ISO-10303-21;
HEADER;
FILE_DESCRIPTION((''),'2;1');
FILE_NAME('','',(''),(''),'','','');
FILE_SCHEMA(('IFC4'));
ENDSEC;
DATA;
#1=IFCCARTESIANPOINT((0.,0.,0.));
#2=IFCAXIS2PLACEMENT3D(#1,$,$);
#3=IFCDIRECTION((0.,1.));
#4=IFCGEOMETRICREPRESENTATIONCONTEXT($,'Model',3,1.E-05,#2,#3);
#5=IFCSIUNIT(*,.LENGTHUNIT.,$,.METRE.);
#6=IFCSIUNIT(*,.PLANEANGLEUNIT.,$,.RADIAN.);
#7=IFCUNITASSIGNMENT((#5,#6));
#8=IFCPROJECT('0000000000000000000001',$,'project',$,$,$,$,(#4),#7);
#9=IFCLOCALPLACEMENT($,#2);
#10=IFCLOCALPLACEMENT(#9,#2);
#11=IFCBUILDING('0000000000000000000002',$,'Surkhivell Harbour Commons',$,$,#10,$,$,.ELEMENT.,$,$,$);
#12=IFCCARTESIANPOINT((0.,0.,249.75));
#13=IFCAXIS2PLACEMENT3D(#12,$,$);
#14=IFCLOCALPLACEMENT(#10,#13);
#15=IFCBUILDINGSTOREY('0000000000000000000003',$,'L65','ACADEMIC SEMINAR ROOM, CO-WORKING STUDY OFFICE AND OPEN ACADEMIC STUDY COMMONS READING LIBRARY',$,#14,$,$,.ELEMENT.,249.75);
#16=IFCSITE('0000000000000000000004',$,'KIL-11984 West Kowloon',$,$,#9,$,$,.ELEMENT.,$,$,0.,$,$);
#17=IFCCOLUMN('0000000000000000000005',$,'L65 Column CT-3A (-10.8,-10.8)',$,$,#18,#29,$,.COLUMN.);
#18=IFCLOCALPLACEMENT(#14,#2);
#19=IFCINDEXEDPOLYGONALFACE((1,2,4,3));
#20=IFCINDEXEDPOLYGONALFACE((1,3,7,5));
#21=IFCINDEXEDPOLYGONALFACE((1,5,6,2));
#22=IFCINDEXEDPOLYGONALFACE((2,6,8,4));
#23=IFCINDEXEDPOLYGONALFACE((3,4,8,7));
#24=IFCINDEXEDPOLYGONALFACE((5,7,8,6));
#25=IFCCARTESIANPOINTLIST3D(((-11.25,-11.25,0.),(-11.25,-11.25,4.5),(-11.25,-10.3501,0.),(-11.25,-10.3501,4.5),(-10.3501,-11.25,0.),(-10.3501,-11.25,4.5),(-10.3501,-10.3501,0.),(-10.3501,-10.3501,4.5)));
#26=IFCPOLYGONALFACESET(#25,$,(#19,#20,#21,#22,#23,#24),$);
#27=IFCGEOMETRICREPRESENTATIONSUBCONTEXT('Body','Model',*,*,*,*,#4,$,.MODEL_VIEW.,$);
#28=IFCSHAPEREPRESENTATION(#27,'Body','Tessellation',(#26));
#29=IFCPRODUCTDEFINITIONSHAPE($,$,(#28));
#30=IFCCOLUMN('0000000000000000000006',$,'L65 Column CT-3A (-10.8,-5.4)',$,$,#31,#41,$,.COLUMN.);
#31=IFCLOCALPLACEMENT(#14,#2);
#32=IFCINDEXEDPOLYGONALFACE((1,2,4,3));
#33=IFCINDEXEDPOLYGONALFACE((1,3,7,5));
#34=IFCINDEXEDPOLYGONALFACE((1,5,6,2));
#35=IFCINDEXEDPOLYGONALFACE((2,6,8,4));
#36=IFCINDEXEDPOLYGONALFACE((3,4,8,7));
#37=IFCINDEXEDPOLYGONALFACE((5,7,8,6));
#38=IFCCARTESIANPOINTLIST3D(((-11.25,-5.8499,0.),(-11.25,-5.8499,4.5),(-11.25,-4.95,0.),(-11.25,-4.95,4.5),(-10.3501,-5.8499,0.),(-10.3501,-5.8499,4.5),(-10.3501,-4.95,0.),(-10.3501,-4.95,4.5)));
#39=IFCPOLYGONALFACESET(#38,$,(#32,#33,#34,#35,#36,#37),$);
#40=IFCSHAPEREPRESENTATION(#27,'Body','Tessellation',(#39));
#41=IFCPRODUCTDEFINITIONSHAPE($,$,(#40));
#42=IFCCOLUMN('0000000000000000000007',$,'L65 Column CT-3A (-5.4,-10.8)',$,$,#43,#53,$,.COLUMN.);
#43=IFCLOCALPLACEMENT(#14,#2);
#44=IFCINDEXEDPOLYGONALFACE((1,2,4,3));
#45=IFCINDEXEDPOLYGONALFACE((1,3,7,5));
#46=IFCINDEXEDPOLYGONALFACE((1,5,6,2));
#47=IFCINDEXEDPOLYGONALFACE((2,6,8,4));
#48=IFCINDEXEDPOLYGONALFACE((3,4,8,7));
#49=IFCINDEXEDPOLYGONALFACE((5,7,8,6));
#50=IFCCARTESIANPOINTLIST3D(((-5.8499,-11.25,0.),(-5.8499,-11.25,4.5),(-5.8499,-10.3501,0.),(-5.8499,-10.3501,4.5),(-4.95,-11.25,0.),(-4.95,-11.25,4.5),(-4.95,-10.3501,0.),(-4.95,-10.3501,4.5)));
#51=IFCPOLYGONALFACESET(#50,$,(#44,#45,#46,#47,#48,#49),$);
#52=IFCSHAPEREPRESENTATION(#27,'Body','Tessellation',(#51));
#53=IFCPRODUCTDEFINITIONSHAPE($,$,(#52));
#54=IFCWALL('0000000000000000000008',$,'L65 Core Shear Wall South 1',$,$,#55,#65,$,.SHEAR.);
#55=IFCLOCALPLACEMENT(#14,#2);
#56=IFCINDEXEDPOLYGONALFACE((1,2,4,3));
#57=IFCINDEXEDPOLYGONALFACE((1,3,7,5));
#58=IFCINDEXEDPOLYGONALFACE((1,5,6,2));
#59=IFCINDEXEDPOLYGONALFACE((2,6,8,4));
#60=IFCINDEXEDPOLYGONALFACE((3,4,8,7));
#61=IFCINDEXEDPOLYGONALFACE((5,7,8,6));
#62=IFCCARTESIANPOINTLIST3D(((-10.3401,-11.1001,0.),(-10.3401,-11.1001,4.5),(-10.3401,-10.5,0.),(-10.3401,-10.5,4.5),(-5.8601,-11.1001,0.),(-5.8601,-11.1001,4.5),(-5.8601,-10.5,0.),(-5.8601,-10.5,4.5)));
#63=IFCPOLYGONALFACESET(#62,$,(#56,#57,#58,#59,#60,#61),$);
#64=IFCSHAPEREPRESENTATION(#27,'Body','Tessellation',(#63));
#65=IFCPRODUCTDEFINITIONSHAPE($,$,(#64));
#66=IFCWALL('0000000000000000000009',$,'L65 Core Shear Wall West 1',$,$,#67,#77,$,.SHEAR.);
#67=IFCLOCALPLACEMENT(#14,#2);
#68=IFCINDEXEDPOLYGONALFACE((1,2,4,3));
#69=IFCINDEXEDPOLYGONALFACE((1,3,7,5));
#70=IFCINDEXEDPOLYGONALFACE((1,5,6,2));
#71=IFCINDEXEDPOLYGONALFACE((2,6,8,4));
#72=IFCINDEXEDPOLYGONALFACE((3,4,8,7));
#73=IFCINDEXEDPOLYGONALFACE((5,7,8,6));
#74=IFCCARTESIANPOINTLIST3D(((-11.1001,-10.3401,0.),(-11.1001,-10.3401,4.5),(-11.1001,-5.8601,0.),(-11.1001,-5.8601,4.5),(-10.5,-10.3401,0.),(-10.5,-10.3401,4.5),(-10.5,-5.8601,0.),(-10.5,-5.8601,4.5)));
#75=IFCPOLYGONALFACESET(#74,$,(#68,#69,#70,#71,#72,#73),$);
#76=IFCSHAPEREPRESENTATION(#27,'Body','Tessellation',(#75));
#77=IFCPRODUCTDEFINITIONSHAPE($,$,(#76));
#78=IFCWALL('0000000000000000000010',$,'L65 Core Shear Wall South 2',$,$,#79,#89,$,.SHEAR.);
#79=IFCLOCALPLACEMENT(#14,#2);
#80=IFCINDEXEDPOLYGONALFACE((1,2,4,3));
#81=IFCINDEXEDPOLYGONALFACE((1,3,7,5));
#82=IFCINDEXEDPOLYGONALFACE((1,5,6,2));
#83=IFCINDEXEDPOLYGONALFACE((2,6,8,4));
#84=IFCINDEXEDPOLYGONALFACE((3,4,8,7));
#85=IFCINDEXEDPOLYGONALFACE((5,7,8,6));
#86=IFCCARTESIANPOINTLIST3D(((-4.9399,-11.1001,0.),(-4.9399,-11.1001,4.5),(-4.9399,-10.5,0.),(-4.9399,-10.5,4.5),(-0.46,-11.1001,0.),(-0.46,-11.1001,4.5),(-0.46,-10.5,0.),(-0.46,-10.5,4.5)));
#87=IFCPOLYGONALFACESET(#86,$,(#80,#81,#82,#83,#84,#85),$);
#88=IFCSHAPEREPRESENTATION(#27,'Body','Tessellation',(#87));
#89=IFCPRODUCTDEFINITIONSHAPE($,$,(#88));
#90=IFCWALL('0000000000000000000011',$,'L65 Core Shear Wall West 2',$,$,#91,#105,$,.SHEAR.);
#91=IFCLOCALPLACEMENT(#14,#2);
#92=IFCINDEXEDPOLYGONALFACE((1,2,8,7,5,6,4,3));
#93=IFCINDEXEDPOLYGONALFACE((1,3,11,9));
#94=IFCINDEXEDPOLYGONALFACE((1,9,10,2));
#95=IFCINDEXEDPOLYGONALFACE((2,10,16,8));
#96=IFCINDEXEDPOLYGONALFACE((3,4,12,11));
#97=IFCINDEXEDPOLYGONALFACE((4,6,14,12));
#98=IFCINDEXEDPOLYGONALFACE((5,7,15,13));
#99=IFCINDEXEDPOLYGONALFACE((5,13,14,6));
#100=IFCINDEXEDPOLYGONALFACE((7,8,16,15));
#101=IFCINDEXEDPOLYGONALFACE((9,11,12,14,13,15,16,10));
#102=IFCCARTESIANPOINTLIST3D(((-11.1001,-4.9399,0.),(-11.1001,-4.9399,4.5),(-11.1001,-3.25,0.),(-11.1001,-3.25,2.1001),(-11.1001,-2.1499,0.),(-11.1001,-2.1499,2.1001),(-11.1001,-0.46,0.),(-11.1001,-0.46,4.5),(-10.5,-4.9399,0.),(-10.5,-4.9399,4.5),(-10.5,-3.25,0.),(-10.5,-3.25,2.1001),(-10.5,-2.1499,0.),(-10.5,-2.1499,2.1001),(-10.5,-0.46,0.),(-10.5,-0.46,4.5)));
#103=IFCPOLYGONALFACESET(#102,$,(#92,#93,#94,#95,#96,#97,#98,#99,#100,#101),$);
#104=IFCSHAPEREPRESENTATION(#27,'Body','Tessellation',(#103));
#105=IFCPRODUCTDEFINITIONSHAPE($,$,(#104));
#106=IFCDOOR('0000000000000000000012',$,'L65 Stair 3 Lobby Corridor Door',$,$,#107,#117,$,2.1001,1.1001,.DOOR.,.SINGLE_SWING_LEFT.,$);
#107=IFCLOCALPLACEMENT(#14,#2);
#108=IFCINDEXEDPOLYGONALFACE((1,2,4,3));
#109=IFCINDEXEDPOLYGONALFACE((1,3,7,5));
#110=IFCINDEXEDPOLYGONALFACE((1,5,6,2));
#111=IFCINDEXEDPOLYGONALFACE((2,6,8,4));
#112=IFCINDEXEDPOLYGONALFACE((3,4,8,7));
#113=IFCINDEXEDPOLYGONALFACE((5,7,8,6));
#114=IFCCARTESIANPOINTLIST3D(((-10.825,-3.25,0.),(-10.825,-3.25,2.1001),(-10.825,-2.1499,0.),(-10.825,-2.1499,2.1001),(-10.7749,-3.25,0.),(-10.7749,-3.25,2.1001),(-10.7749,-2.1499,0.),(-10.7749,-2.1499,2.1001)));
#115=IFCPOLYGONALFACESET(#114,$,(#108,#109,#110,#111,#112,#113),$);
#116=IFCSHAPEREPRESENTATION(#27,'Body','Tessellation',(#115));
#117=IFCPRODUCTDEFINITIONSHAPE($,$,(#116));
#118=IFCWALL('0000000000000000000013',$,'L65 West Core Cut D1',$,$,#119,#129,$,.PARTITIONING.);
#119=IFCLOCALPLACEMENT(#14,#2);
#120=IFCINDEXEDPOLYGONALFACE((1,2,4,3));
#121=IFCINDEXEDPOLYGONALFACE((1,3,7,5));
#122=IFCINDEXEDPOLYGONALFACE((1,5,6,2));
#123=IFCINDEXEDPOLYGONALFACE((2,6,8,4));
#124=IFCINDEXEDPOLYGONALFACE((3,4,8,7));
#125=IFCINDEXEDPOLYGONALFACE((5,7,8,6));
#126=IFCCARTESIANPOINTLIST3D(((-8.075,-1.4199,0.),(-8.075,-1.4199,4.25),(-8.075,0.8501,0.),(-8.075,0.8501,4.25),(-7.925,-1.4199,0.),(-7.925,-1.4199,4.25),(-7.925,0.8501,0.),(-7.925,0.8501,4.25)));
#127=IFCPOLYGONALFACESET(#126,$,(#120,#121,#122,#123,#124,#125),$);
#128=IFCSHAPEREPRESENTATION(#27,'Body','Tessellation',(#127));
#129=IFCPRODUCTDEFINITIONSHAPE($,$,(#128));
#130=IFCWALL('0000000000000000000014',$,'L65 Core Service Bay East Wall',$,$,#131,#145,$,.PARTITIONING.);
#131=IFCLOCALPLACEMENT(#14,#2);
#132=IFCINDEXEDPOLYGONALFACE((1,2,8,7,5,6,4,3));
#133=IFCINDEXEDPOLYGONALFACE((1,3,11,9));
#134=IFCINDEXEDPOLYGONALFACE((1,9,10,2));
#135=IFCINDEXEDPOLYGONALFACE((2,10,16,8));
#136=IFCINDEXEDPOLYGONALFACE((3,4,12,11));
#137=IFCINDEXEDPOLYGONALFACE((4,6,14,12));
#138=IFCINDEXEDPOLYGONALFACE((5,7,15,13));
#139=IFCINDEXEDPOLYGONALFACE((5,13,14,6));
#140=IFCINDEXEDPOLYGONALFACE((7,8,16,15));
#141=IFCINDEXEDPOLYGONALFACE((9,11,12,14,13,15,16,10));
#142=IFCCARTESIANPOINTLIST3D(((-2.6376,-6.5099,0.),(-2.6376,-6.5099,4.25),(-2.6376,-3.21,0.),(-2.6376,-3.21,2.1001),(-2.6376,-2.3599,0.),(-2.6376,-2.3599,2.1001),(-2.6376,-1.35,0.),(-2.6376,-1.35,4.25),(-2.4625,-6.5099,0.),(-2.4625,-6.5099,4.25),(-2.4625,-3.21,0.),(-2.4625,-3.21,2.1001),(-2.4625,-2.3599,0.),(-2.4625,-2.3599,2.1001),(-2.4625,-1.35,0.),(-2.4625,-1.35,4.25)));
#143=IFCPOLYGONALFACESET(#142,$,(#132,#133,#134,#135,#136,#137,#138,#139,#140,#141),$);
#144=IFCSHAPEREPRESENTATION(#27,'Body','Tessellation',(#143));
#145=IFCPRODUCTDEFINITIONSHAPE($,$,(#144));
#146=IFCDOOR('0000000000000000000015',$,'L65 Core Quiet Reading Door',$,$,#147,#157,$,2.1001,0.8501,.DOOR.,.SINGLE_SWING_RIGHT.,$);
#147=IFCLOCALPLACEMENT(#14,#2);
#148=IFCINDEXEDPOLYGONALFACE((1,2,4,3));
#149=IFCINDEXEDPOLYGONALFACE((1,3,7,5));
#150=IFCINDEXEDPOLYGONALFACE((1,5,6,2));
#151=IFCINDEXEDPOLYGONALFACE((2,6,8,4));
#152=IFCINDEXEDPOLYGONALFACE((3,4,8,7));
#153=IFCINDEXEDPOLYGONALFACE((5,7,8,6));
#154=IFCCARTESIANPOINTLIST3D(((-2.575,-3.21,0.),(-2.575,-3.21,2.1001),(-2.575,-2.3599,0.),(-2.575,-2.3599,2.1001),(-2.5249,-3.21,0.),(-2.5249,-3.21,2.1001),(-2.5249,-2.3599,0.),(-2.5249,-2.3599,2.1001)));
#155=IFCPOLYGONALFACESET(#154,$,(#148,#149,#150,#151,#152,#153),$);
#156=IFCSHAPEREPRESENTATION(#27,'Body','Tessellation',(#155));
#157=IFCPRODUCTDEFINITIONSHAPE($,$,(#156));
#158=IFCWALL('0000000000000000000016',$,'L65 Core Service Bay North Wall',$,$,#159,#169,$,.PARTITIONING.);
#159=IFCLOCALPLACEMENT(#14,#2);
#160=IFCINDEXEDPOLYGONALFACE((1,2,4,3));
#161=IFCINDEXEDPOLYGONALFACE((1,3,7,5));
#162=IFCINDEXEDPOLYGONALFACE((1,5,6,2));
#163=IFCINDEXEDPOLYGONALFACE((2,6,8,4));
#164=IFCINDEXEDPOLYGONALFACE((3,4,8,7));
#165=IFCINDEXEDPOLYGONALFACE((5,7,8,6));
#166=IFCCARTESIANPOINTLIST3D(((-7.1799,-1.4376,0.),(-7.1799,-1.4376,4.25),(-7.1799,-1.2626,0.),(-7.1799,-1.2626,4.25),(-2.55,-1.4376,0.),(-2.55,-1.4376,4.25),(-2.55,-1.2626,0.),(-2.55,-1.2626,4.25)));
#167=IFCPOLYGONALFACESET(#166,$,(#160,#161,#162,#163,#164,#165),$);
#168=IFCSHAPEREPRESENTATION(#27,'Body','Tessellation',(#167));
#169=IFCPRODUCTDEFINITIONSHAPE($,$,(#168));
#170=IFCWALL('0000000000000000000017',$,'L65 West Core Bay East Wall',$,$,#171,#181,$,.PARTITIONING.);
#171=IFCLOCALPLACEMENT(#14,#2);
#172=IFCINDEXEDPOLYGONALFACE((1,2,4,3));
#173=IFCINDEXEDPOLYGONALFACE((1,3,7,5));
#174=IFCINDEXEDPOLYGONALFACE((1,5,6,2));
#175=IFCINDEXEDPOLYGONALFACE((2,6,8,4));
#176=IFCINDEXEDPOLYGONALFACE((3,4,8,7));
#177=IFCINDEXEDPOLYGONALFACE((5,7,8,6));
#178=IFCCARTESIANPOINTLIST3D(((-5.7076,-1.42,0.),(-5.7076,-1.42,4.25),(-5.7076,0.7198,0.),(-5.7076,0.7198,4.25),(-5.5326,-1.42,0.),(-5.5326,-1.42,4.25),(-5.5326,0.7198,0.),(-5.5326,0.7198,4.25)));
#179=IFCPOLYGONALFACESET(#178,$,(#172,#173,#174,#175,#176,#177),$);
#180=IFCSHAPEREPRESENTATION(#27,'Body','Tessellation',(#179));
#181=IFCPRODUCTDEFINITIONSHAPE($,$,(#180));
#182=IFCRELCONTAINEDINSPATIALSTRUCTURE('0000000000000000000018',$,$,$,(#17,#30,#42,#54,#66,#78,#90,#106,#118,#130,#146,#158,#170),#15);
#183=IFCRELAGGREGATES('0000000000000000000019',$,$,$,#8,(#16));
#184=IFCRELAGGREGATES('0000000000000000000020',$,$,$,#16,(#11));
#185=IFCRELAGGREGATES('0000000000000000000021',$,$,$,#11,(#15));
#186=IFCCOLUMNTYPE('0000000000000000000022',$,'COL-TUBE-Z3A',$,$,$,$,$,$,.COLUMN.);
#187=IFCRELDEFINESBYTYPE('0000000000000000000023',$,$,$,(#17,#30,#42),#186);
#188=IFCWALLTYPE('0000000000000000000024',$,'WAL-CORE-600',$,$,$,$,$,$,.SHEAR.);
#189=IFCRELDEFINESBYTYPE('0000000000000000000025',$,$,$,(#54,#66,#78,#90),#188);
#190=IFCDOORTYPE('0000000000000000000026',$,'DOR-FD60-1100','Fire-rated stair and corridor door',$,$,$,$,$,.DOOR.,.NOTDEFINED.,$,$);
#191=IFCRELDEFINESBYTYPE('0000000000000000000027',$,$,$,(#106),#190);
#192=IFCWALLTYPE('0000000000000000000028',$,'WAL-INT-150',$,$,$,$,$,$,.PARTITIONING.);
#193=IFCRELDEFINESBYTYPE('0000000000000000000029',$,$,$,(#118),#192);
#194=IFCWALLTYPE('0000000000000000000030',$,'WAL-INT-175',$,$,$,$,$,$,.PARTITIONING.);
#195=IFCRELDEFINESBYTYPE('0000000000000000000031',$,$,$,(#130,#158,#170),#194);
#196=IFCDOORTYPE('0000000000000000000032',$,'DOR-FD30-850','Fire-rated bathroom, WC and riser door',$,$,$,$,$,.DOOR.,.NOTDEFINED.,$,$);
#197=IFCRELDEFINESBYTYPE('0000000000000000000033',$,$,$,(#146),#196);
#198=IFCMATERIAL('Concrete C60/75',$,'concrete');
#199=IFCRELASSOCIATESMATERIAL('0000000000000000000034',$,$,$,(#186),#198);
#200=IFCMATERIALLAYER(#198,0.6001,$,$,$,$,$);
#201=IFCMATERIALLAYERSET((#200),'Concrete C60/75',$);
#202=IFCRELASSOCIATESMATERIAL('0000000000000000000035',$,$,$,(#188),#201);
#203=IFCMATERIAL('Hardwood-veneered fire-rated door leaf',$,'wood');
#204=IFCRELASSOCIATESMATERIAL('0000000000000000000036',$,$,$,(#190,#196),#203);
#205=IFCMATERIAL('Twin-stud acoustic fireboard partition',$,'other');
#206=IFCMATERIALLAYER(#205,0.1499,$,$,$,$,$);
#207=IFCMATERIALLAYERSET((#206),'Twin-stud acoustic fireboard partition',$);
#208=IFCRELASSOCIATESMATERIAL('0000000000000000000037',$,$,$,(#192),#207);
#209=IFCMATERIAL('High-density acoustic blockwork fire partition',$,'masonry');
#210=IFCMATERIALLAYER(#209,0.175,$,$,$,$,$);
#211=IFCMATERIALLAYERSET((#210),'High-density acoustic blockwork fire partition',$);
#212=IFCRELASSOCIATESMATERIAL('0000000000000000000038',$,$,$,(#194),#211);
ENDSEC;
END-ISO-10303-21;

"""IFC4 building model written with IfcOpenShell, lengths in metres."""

from ifc_helpers import new_model, si_unit, direction, frame, frame_2d, origin, origin_2d, place, context, subcontext, project, spatial, rectangle, extrude, material, layer, layer_set, material_profile, profile_set, type_object, element, fill, save


model = new_model("IFC4")

# Units and contexts
model_context = context("Model", 3, precision=1e-05, world=origin(), true_north=direction((0.0, 1.0)))
body_context = subcontext(model_context, "Body", "Model", "MODEL_VIEW")
ifc_project = project(units=[si_unit("LENGTHUNIT", "METRE"), si_unit("PLANEANGLEUNIT", "RADIAN")], contexts=[model_context])

# Site, building, storey
site_placement = place(None, origin())
site = spatial("IfcSite", under=ifc_project, at=site_placement, Name="KIL-11984 West Kowloon", CompositionType="ELEMENT", RefElevation=0.0)
building_placement = place(site_placement, origin())
building = spatial("IfcBuilding", under=site, at=building_placement, Name="Surkhivell Harbour Commons", CompositionType="ELEMENT")
storey_placement = place(building_placement, frame((0.0, 0.0, 249.75)))
storey = spatial("IfcBuildingStorey", under=building, at=storey_placement, Name="L65", Description="ACADEMIC SEMINAR ROOM, CO-WORKING STUDY OFFICE AND OPEN ACADEMIC STUDY COMMONS READING LIBRARY", CompositionType="ELEMENT", Elevation=249.75)

# Columns
ifc_material_1 = material(Name="Concrete C60/75", Category="concrete")
ifc_material_profile = material_profile(ifc_material_1, rectangle(XDim=0.8999, YDim=0.8999, at=origin_2d()), Name="RC-COL-900x900")
ifc_profile_set = profile_set([ifc_material_profile], Name="Concrete C60/75")
column_type = type_object("IfcColumnType", Name="COL-TUBE-Z3A", PredefinedType="COLUMN", material=ifc_profile_set)
for number, where, z_axis, x_axis, name in (
    (1, (-10.8, -10.8, 0.0), (0.0, 0.0, 1.0), (1.0, 0.0, 0.0), "L65 Column CT-3A (-10.8,-10.8)"),
    (2, (-10.8, -5.3999, 0.0), (0.0, 0.0, 1.0), (1.0, 0.0, 0.0), "L65 Column CT-3A (-10.8,-5.4)"),
    (3, (-5.3999, -10.8, 0.0), (0.0, 0.0, 1.0), (1.0, 0.0, 0.0), "L65 Column CT-3A (-5.4,-10.8)"),
):
    element("IfcColumn", number, at=place(storey_placement, frame(where, z_axis=z_axis, x_axis=x_axis)), inside=storey, type_object=column_type, Name=name, PredefinedType="COLUMN", context=body_context, shape_type="SweptSolid", body=[
        extrude(rectangle(XDim=0.8999, YDim=0.8999, at=origin_2d()), origin(), (0.0, 0.0, 1.0), 4.5),
    ])

# Walls
ifc_layer_1 = layer(ifc_material_1, 0.6001)
ifc_layer_set_1 = layer_set([ifc_layer_1], Name="Concrete C60/75")
wall_type_1 = type_object("IfcWallType", Name="WAL-CORE-600", PredefinedType="SHEAR", material=ifc_layer_set_1)
for number, where, z_axis, x_axis, name in (
    (4, (-10.3401, -10.8, 0.0), (0.0, 0.0, 1.0), (1.0, 0.0, 0.0), "L65 Core Shear Wall South 1"),
    (5, (-10.8, -10.3401, 0.0), (0.0, 0.0, 1.0), (0.0, 1.0, 0.0), "L65 Core Shear Wall West 1"),
    (6, (-4.9399, -10.8, 0.0), (0.0, 0.0, 1.0), (1.0, 0.0, 0.0), "L65 Core Shear Wall South 2"),
):
    element("IfcWall", number, at=place(storey_placement, frame(where, z_axis=z_axis, x_axis=x_axis)), inside=storey, type_object=wall_type_1, Name=name, PredefinedType="SHEAR", context=body_context, shape_type="SweptSolid", body=[
        extrude(rectangle(XDim=4.48, YDim=0.6001, at=frame_2d((2.24, 0.0))), origin(), (0.0, 0.0, 1.0), 4.5),
    ])

# Wall, opening, door
wall_1_placement = place(storey_placement, frame((-10.8, -4.9399, 0.0), z_axis=(0.0, 0.0, 1.0), x_axis=(0.0, 1.0, 0.0)))
wall_1 = element("IfcWall", 7, at=wall_1_placement, inside=storey, type_object=wall_type_1, Name="L65 Core Shear Wall West 2", PredefinedType="SHEAR", context=body_context, shape_type="SweptSolid", body=[
    extrude(rectangle(XDim=4.48, YDim=0.6001, at=frame_2d((2.24, 0.0))), origin(), (0.0, 0.0, 1.0), 4.5),
])
opening_1_placement = place(wall_1_placement, frame((1.6899, 0.0, 0.0)))
opening_1 = element("IfcOpeningElement", 8, at=opening_1_placement, cuts=wall_1, PredefinedType="OPENING", context=body_context, shape_type="SweptSolid", body=[
    extrude(rectangle(XDim=1.1001, YDim=2.1001, at=frame_2d((0.55, 1.05))), frame((0.0, 0.3101, 0.0), z_axis=(0.0, -1.0, 0.0), x_axis=(1.0, 0.0, 0.0)), (0.0, 0.0, 1.0), 0.6201),
])
ifc_material_2 = material(Name="Hardwood-veneered fire-rated door leaf", Category="wood")
door_type_1 = type_object("IfcDoorType", Name="DOR-FD60-1100", Description="Fire-rated stair and corridor door", OperationType="NOTDEFINED", PredefinedType="DOOR", material=ifc_material_2)
door_1_placement = place(opening_1_placement, origin())
door_1 = element("IfcDoor", 9, at=door_1_placement, inside=storey, type_object=door_type_1, Name="L65 Stair 3 Lobby Corridor Door", OperationType="SINGLE_SWING_LEFT", OverallHeight=2.1001, OverallWidth=1.1001, PredefinedType="DOOR", context=body_context, shape_type="SweptSolid", body=[
    extrude(rectangle(XDim=1.1001, YDim=2.1001, at=frame_2d((0.55, 1.05))), frame((0.0, 0.0249, 0.0), z_axis=(0.0, -1.0, 0.0), x_axis=(1.0, 0.0, 0.0)), (0.0, 0.0, 1.0), 0.05),
])
fill(opening_1, door_1)

# Wall
ifc_material_3 = material(Name="Twin-stud acoustic fireboard partition", Category="other")
ifc_layer_2 = layer(ifc_material_3, 0.1499)
ifc_layer_set_2 = layer_set([ifc_layer_2], Name="Twin-stud acoustic fireboard partition")
wall_type_2 = type_object("IfcWallType", Name="WAL-INT-150", PredefinedType="PARTITIONING", material=ifc_layer_set_2)
wall_2_placement = place(storey_placement, frame((-8.0, -1.4199, 0.0), z_axis=(0.0, 0.0, 1.0), x_axis=(0.0, 1.0, 0.0)))
element("IfcWall", 10, at=wall_2_placement, inside=storey, type_object=wall_type_2, Name="L65 West Core Cut D1", PredefinedType="PARTITIONING", context=body_context, shape_type="SweptSolid", body=[
    extrude(rectangle(XDim=2.27, YDim=0.1499, at=frame_2d((1.135, 0.0))), origin(), (0.0, 0.0, 1.0), 4.25),
])

# Wall, opening, door
ifc_material_4 = material(Name="High-density acoustic blockwork fire partition", Category="masonry")
ifc_layer_3 = layer(ifc_material_4, 0.175)
ifc_layer_set_3 = layer_set([ifc_layer_3], Name="High-density acoustic blockwork fire partition")
wall_type_3 = type_object("IfcWallType", Name="WAL-INT-175", PredefinedType="PARTITIONING", material=ifc_layer_set_3)
wall_3_placement = place(storey_placement, frame((-2.55, -6.51, 0.0), z_axis=(0.0, 0.0, 1.0), x_axis=(0.0, 1.0, 0.0)))
wall_3 = element("IfcWall", 11, at=wall_3_placement, inside=storey, type_object=wall_type_3, Name="L65 Core Service Bay East Wall", PredefinedType="PARTITIONING", context=body_context, shape_type="SweptSolid", body=[
    extrude(rectangle(XDim=5.1599, YDim=0.175, at=frame_2d((2.5801, 0.0))), origin(), (0.0, 0.0, 1.0), 4.25),
])
opening_2_placement = place(wall_3_placement, frame((3.3, 0.0, 0.0)))
opening_2 = element("IfcOpeningElement", 12, at=opening_2_placement, cuts=wall_3, PredefinedType="OPENING", context=body_context, shape_type="SweptSolid", body=[
    extrude(rectangle(XDim=0.8501, YDim=2.1001, at=frame_2d((0.425, 1.05))), frame((0.0, 0.0974, 0.0), z_axis=(0.0, -1.0, 0.0), x_axis=(1.0, 0.0, 0.0)), (0.0, 0.0, 1.0), 0.1951),
])
door_type_2 = type_object("IfcDoorType", Name="DOR-FD30-850", Description="Fire-rated bathroom, WC and riser door", OperationType="NOTDEFINED", PredefinedType="DOOR", material=ifc_material_2)
door_2_placement = place(opening_2_placement, origin())
door_2 = element("IfcDoor", 13, at=door_2_placement, inside=storey, type_object=door_type_2, Name="L65 Core Quiet Reading Door", OperationType="SINGLE_SWING_RIGHT", OverallHeight=2.1001, OverallWidth=0.8501, PredefinedType="DOOR", context=body_context, shape_type="SweptSolid", body=[
    extrude(rectangle(XDim=0.8501, YDim=2.1001, at=frame_2d((0.425, 1.05))), frame((0.0, 0.0249, 0.0), z_axis=(0.0, -1.0, 0.0), x_axis=(1.0, 0.0, 0.0)), (0.0, 0.0, 1.0), 0.05),
])
fill(opening_2, door_2)

# Walls
wall_4_placement = place(storey_placement, frame((-7.1799, -1.3501, 0.0), z_axis=(0.0, 0.0, 1.0), x_axis=(1.0, 0.0, 0.0)))
element("IfcWall", 14, at=wall_4_placement, inside=storey, type_object=wall_type_3, Name="L65 Core Service Bay North Wall", PredefinedType="PARTITIONING", context=body_context, shape_type="SweptSolid", body=[
    extrude(rectangle(XDim=4.6299, YDim=0.175, at=frame_2d((2.3149, 0.0))), origin(), (0.0, 0.0, 1.0), 4.25),
])
wall_5_placement = place(storey_placement, frame((-5.6201, -1.4199, 0.0), z_axis=(0.0, 0.0, 1.0), x_axis=(0.0, 1.0, 0.0)))
element("IfcWall", 15, at=wall_5_placement, inside=storey, type_object=wall_type_3, Name="L65 West Core Bay East Wall", PredefinedType="PARTITIONING", context=body_context, shape_type="SweptSolid", body=[
    extrude(rectangle(XDim=2.1399, YDim=0.175, at=frame_2d((1.0698, 0.0))), origin(), (0.0, 0.0, 1.0), 4.25),
])

save(model, "model.ifc")
